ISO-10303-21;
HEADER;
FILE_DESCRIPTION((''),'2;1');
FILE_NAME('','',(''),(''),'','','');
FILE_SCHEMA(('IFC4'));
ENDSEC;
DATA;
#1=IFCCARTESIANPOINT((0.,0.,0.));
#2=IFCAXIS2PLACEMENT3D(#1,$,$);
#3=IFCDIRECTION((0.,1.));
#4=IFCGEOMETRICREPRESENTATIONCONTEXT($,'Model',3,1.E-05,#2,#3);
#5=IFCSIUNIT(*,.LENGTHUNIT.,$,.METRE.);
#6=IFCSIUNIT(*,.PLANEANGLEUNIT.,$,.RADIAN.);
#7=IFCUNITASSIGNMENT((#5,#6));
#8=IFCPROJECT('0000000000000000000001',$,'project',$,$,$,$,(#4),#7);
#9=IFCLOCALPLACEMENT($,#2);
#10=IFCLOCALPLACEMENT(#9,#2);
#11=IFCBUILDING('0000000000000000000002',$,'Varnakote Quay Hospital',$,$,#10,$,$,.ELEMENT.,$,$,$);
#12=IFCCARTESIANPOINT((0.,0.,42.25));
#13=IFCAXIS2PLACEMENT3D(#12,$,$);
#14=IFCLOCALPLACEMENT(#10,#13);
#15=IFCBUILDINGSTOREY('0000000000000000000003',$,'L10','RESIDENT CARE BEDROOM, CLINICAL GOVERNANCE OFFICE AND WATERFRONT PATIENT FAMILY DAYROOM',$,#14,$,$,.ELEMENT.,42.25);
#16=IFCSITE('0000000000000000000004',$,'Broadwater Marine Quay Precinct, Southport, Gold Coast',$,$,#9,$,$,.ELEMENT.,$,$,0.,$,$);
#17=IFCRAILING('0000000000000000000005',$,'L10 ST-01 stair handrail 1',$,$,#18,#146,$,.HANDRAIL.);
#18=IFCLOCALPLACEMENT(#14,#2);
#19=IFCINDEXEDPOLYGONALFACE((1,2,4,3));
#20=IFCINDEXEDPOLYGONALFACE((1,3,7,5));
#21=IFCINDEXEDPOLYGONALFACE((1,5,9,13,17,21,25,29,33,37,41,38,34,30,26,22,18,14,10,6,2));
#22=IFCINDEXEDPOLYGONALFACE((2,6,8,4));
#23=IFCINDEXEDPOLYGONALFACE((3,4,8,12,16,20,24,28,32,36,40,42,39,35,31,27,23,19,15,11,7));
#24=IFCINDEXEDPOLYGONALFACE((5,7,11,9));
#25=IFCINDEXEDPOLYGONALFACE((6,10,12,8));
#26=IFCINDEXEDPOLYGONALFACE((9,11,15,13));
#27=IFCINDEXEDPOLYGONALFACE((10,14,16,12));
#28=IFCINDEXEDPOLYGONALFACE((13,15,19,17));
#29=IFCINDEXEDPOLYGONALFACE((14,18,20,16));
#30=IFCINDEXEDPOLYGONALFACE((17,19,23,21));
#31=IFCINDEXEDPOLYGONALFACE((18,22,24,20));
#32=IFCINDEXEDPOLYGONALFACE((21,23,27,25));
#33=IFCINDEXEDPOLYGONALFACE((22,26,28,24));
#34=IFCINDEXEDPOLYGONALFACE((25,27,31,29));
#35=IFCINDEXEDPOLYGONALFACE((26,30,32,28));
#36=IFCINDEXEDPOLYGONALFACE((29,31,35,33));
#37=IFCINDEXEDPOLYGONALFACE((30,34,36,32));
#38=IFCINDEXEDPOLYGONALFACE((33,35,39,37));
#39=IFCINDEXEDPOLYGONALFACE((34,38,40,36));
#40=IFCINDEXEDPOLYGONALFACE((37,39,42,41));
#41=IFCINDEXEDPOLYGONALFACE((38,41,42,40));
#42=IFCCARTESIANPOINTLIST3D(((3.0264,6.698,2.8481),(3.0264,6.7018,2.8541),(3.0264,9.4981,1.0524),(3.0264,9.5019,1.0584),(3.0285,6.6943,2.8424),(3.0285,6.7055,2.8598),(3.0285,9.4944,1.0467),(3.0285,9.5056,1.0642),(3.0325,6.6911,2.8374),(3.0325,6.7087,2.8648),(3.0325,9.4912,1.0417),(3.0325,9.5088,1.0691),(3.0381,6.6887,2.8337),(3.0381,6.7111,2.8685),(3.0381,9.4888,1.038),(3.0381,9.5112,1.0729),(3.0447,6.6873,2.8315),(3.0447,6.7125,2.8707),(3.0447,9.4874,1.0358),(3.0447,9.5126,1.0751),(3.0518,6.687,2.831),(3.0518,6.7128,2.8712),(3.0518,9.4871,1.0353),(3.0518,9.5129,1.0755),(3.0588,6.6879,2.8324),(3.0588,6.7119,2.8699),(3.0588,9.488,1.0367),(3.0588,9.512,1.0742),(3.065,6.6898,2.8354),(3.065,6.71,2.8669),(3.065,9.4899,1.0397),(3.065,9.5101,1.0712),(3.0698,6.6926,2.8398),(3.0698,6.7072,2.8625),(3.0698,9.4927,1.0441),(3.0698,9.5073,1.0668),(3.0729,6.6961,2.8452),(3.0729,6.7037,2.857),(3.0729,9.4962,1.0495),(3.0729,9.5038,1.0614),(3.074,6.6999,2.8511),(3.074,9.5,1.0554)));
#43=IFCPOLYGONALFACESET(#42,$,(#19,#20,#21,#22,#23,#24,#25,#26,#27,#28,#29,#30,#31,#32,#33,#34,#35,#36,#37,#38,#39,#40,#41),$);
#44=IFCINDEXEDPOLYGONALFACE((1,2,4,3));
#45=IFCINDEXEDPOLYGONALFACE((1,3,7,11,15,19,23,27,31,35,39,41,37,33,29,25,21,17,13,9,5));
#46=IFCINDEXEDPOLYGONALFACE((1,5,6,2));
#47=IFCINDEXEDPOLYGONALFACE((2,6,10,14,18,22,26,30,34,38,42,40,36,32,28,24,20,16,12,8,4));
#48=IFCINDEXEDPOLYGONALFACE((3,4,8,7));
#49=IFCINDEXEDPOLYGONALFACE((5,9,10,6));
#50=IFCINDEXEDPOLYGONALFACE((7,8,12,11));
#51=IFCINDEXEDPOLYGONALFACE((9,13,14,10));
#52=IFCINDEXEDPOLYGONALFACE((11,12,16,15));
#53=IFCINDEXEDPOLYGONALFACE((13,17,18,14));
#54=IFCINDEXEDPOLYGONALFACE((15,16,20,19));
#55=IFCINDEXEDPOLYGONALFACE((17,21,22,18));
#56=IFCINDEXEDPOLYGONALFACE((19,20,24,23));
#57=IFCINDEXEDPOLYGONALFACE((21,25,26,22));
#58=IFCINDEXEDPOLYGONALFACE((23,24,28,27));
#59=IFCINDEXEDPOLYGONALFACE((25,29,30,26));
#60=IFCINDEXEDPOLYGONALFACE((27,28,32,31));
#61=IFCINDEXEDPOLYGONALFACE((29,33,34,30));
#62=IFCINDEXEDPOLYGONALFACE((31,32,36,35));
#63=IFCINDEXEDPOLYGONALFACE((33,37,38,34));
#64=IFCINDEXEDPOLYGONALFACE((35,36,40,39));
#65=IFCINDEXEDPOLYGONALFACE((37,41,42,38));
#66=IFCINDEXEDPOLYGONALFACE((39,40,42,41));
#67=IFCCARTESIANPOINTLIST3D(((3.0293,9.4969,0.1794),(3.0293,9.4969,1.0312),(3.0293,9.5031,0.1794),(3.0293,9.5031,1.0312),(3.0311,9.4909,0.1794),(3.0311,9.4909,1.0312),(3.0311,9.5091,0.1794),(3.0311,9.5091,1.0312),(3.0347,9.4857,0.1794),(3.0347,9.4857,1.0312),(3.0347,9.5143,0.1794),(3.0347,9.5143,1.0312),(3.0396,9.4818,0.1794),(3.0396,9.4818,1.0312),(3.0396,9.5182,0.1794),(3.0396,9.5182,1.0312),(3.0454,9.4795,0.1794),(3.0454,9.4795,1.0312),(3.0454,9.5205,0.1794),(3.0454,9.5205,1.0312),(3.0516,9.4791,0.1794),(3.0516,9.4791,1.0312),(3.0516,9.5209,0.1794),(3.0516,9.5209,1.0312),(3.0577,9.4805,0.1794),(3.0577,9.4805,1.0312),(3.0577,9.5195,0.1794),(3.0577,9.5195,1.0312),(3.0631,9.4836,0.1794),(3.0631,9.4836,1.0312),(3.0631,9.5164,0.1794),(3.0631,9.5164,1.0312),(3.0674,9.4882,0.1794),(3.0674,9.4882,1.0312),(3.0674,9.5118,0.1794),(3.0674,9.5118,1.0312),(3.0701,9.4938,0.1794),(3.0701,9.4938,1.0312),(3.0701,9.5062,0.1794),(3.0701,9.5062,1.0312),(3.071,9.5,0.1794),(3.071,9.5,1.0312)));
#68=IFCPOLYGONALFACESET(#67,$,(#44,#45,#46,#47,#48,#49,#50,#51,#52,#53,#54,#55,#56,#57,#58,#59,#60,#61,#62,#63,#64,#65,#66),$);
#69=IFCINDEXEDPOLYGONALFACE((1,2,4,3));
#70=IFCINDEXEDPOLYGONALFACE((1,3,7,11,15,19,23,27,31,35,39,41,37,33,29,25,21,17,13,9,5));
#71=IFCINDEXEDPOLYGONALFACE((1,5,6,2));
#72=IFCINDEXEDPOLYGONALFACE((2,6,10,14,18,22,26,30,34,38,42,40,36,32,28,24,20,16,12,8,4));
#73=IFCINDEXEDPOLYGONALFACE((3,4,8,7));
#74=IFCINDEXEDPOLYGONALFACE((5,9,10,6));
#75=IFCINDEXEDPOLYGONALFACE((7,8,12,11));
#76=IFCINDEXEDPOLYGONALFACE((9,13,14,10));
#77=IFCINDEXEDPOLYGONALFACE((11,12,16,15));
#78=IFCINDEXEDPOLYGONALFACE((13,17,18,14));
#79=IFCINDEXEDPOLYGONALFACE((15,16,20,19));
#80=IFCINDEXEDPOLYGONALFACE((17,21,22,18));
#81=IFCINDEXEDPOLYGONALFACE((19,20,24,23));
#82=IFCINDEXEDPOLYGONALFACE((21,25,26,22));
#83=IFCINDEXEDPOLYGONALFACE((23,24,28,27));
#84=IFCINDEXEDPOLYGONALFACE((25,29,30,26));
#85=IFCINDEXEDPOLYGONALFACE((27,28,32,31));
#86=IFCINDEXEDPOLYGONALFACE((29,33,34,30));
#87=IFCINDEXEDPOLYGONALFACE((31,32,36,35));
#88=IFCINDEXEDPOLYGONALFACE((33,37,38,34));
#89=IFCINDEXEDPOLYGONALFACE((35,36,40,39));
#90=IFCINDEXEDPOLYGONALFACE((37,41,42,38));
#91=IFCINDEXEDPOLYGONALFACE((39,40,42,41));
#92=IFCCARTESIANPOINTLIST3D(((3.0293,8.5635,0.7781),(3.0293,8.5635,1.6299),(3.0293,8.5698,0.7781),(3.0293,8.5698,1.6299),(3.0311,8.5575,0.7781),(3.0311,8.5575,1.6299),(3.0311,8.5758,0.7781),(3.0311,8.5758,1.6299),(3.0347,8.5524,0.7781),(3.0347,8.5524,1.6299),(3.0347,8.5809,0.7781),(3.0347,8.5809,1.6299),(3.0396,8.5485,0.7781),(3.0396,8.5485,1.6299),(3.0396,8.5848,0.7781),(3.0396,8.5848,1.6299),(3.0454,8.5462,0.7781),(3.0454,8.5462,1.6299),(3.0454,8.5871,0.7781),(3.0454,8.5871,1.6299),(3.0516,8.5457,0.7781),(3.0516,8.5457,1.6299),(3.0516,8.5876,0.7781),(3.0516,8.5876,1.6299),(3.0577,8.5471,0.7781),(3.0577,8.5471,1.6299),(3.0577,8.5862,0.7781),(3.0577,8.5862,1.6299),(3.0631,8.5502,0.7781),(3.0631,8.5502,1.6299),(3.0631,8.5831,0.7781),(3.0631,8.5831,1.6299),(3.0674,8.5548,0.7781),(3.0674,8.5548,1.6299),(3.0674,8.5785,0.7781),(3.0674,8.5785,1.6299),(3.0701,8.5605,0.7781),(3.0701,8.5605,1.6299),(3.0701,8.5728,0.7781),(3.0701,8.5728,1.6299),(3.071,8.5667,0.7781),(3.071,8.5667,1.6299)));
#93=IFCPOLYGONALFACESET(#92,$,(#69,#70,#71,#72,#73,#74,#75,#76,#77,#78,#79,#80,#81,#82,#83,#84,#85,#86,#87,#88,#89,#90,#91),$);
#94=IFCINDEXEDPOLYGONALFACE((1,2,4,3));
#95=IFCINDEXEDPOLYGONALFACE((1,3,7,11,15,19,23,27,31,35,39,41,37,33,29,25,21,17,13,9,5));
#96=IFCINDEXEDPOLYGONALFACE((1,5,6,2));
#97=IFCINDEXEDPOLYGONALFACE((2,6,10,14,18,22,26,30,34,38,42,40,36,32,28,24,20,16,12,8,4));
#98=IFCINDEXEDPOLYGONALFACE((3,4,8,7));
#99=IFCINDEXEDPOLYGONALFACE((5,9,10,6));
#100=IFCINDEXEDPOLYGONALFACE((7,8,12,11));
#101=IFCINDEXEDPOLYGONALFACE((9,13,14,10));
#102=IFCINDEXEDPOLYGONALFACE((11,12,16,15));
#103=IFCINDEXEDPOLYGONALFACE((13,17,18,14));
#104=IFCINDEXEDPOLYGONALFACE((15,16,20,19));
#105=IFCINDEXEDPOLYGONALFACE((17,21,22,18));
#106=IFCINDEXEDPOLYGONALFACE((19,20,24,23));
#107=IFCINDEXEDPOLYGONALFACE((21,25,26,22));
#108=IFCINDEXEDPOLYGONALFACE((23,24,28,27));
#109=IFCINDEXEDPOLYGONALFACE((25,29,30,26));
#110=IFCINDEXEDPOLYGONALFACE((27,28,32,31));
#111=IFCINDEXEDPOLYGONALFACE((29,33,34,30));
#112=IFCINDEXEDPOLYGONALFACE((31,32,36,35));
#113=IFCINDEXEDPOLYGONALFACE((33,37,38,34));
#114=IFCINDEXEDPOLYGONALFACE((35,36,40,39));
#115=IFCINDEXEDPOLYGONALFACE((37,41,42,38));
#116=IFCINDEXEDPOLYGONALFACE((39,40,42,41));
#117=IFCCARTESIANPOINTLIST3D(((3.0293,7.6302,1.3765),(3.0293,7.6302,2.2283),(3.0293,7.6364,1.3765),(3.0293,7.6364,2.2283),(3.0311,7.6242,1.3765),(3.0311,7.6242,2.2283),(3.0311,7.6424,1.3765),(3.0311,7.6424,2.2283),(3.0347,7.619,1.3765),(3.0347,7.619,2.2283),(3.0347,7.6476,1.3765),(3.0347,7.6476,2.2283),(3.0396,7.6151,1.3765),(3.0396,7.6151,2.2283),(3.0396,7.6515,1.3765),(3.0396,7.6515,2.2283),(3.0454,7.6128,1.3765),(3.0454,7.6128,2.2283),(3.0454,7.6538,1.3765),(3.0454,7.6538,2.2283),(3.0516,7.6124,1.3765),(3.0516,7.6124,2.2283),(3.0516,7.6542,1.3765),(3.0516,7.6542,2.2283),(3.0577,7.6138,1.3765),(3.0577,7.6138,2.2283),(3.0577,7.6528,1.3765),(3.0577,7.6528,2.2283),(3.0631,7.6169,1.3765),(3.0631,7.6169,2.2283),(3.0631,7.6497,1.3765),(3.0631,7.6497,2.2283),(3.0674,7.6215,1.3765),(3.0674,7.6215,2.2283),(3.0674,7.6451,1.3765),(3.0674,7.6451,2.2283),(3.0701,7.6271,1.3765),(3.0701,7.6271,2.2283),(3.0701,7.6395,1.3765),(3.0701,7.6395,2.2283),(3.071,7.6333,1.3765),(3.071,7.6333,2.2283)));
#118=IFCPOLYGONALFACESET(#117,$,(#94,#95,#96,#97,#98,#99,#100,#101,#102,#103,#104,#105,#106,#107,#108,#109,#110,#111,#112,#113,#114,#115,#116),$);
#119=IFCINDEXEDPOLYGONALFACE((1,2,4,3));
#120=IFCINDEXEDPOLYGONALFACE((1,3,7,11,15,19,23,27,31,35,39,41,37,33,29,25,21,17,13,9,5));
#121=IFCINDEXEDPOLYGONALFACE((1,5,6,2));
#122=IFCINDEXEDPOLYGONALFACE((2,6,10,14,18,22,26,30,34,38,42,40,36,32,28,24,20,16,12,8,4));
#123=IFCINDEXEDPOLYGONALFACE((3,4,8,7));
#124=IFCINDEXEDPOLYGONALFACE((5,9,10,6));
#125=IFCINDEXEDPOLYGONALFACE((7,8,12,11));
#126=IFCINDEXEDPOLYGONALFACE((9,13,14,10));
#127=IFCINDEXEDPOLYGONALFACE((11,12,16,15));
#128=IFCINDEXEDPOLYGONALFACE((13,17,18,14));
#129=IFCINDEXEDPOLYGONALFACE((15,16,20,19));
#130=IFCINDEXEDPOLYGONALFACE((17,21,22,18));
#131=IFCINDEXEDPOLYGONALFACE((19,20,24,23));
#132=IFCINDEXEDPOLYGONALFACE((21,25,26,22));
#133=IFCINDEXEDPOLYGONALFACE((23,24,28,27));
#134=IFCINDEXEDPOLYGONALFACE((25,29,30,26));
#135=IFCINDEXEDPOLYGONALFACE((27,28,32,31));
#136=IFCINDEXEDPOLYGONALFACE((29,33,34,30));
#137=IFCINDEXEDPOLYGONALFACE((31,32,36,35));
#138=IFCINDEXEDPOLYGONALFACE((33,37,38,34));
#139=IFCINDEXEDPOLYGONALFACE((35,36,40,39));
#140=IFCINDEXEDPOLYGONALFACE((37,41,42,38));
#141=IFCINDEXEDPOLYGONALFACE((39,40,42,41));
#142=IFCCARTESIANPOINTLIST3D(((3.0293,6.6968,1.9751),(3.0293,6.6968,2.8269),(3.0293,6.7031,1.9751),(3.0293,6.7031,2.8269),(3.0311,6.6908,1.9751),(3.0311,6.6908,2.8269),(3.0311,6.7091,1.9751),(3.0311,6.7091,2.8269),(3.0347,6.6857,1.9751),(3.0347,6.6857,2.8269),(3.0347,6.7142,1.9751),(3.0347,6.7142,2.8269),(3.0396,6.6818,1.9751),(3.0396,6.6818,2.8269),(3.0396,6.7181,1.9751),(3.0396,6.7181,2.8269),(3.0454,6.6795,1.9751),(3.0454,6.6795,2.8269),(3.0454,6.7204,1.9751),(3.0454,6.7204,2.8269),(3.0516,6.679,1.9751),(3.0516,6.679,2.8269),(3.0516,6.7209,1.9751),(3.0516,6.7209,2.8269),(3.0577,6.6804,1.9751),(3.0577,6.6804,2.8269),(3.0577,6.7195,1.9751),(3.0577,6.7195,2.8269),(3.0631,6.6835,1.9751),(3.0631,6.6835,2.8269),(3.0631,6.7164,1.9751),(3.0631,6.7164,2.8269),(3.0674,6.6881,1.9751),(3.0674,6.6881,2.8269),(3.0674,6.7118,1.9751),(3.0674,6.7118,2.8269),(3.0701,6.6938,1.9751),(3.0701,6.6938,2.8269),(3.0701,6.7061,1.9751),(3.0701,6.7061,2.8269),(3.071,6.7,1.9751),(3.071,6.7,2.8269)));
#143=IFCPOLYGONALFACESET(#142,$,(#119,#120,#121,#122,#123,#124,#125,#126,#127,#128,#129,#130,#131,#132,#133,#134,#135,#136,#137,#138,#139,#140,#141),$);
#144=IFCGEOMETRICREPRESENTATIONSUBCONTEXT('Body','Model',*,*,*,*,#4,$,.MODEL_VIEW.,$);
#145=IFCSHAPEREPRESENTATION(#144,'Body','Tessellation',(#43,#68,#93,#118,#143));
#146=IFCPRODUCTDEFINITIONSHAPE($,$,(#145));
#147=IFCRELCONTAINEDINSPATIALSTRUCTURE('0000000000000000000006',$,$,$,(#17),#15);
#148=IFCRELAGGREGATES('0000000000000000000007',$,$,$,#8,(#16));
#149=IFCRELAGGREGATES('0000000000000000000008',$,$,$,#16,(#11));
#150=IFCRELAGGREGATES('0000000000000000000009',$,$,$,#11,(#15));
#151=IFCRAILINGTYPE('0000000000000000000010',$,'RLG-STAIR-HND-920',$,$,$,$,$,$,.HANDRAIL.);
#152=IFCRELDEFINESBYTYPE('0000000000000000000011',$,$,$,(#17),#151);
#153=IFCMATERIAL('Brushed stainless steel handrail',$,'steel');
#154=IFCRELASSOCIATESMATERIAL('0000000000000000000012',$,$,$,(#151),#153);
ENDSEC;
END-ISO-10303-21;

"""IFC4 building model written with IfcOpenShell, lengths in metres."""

from ifc_helpers import new_model, si_unit, direction, frame, origin, origin_2d, place, context, subcontext, project, spatial, circle, extrude, material, type_object, element, save


model = new_model("IFC4")

# Units and contexts
model_context = context("Model", 3, precision=1e-05, world=origin(), true_north=direction((0.0, 1.0)))
body_context = subcontext(model_context, "Body", "Model", "MODEL_VIEW")
ifc_project = project(units=[si_unit("LENGTHUNIT", "METRE"), si_unit("PLANEANGLEUNIT", "RADIAN")], contexts=[model_context])

# Site, building, storey
site_placement = place(None, origin())
site = spatial("IfcSite", under=ifc_project, at=site_placement, Name="Broadwater Marine Quay Precinct, Southport, Gold Coast", CompositionType="ELEMENT", RefElevation=0.0)
building_placement = place(site_placement, origin())
building = spatial("IfcBuilding", under=site, at=building_placement, Name="Varnakote Quay Hospital", CompositionType="ELEMENT")
storey_placement = place(building_placement, frame((0.0, 0.0, 42.25)))
storey = spatial("IfcBuildingStorey", under=building, at=storey_placement, Name="L10", Description="RESIDENT CARE BEDROOM, CLINICAL GOVERNANCE OFFICE AND WATERFRONT PATIENT FAMILY DAYROOM", CompositionType="ELEMENT", Elevation=42.25)

# Railing
ifc_material_1 = material(Name="Brushed stainless steel handrail", Category="steel")
railing_type = type_object("IfcRailingType", Name="RLG-STAIR-HND-920", PredefinedType="HANDRAIL", material=ifc_material_1)
railing_placement = place(storey_placement, frame((3.05, 9.5, 0.1794)))
element("IfcRailing", 1, at=railing_placement, inside=storey, type_object=railing_type, Name="L10 ST-01 stair handrail 1", PredefinedType="HANDRAIL", context=body_context, shape_type="SweptSolid", body=[
    extrude(circle(Radius=0.0239, at=origin_2d()), frame((0.0, 0.0, 0.876), z_axis=(0.0, -0.841777, 0.539826), x_axis=(1.0, 0.0, 0.0)), (0.0, 0.0, 1.0), 3.3264),
    extrude(circle(Radius=0.021, at=origin_2d()), origin(), (0.0, 0.0, 1.0), 0.8518),
    extrude(circle(Radius=0.021, at=origin_2d()), frame((0.0, -0.9333, 0.5986)), (0.0, 0.0, 1.0), 0.8518),
    extrude(circle(Radius=0.021, at=origin_2d()), frame((0.0, -1.8667, 1.197)), (0.0, 0.0, 1.0), 0.8518),
    extrude(circle(Radius=0.021, at=origin_2d()), frame((0.0, -2.8, 1.7957)), (0.0, 0.0, 1.0), 0.8518),
])

save(model, "model.ifc")
